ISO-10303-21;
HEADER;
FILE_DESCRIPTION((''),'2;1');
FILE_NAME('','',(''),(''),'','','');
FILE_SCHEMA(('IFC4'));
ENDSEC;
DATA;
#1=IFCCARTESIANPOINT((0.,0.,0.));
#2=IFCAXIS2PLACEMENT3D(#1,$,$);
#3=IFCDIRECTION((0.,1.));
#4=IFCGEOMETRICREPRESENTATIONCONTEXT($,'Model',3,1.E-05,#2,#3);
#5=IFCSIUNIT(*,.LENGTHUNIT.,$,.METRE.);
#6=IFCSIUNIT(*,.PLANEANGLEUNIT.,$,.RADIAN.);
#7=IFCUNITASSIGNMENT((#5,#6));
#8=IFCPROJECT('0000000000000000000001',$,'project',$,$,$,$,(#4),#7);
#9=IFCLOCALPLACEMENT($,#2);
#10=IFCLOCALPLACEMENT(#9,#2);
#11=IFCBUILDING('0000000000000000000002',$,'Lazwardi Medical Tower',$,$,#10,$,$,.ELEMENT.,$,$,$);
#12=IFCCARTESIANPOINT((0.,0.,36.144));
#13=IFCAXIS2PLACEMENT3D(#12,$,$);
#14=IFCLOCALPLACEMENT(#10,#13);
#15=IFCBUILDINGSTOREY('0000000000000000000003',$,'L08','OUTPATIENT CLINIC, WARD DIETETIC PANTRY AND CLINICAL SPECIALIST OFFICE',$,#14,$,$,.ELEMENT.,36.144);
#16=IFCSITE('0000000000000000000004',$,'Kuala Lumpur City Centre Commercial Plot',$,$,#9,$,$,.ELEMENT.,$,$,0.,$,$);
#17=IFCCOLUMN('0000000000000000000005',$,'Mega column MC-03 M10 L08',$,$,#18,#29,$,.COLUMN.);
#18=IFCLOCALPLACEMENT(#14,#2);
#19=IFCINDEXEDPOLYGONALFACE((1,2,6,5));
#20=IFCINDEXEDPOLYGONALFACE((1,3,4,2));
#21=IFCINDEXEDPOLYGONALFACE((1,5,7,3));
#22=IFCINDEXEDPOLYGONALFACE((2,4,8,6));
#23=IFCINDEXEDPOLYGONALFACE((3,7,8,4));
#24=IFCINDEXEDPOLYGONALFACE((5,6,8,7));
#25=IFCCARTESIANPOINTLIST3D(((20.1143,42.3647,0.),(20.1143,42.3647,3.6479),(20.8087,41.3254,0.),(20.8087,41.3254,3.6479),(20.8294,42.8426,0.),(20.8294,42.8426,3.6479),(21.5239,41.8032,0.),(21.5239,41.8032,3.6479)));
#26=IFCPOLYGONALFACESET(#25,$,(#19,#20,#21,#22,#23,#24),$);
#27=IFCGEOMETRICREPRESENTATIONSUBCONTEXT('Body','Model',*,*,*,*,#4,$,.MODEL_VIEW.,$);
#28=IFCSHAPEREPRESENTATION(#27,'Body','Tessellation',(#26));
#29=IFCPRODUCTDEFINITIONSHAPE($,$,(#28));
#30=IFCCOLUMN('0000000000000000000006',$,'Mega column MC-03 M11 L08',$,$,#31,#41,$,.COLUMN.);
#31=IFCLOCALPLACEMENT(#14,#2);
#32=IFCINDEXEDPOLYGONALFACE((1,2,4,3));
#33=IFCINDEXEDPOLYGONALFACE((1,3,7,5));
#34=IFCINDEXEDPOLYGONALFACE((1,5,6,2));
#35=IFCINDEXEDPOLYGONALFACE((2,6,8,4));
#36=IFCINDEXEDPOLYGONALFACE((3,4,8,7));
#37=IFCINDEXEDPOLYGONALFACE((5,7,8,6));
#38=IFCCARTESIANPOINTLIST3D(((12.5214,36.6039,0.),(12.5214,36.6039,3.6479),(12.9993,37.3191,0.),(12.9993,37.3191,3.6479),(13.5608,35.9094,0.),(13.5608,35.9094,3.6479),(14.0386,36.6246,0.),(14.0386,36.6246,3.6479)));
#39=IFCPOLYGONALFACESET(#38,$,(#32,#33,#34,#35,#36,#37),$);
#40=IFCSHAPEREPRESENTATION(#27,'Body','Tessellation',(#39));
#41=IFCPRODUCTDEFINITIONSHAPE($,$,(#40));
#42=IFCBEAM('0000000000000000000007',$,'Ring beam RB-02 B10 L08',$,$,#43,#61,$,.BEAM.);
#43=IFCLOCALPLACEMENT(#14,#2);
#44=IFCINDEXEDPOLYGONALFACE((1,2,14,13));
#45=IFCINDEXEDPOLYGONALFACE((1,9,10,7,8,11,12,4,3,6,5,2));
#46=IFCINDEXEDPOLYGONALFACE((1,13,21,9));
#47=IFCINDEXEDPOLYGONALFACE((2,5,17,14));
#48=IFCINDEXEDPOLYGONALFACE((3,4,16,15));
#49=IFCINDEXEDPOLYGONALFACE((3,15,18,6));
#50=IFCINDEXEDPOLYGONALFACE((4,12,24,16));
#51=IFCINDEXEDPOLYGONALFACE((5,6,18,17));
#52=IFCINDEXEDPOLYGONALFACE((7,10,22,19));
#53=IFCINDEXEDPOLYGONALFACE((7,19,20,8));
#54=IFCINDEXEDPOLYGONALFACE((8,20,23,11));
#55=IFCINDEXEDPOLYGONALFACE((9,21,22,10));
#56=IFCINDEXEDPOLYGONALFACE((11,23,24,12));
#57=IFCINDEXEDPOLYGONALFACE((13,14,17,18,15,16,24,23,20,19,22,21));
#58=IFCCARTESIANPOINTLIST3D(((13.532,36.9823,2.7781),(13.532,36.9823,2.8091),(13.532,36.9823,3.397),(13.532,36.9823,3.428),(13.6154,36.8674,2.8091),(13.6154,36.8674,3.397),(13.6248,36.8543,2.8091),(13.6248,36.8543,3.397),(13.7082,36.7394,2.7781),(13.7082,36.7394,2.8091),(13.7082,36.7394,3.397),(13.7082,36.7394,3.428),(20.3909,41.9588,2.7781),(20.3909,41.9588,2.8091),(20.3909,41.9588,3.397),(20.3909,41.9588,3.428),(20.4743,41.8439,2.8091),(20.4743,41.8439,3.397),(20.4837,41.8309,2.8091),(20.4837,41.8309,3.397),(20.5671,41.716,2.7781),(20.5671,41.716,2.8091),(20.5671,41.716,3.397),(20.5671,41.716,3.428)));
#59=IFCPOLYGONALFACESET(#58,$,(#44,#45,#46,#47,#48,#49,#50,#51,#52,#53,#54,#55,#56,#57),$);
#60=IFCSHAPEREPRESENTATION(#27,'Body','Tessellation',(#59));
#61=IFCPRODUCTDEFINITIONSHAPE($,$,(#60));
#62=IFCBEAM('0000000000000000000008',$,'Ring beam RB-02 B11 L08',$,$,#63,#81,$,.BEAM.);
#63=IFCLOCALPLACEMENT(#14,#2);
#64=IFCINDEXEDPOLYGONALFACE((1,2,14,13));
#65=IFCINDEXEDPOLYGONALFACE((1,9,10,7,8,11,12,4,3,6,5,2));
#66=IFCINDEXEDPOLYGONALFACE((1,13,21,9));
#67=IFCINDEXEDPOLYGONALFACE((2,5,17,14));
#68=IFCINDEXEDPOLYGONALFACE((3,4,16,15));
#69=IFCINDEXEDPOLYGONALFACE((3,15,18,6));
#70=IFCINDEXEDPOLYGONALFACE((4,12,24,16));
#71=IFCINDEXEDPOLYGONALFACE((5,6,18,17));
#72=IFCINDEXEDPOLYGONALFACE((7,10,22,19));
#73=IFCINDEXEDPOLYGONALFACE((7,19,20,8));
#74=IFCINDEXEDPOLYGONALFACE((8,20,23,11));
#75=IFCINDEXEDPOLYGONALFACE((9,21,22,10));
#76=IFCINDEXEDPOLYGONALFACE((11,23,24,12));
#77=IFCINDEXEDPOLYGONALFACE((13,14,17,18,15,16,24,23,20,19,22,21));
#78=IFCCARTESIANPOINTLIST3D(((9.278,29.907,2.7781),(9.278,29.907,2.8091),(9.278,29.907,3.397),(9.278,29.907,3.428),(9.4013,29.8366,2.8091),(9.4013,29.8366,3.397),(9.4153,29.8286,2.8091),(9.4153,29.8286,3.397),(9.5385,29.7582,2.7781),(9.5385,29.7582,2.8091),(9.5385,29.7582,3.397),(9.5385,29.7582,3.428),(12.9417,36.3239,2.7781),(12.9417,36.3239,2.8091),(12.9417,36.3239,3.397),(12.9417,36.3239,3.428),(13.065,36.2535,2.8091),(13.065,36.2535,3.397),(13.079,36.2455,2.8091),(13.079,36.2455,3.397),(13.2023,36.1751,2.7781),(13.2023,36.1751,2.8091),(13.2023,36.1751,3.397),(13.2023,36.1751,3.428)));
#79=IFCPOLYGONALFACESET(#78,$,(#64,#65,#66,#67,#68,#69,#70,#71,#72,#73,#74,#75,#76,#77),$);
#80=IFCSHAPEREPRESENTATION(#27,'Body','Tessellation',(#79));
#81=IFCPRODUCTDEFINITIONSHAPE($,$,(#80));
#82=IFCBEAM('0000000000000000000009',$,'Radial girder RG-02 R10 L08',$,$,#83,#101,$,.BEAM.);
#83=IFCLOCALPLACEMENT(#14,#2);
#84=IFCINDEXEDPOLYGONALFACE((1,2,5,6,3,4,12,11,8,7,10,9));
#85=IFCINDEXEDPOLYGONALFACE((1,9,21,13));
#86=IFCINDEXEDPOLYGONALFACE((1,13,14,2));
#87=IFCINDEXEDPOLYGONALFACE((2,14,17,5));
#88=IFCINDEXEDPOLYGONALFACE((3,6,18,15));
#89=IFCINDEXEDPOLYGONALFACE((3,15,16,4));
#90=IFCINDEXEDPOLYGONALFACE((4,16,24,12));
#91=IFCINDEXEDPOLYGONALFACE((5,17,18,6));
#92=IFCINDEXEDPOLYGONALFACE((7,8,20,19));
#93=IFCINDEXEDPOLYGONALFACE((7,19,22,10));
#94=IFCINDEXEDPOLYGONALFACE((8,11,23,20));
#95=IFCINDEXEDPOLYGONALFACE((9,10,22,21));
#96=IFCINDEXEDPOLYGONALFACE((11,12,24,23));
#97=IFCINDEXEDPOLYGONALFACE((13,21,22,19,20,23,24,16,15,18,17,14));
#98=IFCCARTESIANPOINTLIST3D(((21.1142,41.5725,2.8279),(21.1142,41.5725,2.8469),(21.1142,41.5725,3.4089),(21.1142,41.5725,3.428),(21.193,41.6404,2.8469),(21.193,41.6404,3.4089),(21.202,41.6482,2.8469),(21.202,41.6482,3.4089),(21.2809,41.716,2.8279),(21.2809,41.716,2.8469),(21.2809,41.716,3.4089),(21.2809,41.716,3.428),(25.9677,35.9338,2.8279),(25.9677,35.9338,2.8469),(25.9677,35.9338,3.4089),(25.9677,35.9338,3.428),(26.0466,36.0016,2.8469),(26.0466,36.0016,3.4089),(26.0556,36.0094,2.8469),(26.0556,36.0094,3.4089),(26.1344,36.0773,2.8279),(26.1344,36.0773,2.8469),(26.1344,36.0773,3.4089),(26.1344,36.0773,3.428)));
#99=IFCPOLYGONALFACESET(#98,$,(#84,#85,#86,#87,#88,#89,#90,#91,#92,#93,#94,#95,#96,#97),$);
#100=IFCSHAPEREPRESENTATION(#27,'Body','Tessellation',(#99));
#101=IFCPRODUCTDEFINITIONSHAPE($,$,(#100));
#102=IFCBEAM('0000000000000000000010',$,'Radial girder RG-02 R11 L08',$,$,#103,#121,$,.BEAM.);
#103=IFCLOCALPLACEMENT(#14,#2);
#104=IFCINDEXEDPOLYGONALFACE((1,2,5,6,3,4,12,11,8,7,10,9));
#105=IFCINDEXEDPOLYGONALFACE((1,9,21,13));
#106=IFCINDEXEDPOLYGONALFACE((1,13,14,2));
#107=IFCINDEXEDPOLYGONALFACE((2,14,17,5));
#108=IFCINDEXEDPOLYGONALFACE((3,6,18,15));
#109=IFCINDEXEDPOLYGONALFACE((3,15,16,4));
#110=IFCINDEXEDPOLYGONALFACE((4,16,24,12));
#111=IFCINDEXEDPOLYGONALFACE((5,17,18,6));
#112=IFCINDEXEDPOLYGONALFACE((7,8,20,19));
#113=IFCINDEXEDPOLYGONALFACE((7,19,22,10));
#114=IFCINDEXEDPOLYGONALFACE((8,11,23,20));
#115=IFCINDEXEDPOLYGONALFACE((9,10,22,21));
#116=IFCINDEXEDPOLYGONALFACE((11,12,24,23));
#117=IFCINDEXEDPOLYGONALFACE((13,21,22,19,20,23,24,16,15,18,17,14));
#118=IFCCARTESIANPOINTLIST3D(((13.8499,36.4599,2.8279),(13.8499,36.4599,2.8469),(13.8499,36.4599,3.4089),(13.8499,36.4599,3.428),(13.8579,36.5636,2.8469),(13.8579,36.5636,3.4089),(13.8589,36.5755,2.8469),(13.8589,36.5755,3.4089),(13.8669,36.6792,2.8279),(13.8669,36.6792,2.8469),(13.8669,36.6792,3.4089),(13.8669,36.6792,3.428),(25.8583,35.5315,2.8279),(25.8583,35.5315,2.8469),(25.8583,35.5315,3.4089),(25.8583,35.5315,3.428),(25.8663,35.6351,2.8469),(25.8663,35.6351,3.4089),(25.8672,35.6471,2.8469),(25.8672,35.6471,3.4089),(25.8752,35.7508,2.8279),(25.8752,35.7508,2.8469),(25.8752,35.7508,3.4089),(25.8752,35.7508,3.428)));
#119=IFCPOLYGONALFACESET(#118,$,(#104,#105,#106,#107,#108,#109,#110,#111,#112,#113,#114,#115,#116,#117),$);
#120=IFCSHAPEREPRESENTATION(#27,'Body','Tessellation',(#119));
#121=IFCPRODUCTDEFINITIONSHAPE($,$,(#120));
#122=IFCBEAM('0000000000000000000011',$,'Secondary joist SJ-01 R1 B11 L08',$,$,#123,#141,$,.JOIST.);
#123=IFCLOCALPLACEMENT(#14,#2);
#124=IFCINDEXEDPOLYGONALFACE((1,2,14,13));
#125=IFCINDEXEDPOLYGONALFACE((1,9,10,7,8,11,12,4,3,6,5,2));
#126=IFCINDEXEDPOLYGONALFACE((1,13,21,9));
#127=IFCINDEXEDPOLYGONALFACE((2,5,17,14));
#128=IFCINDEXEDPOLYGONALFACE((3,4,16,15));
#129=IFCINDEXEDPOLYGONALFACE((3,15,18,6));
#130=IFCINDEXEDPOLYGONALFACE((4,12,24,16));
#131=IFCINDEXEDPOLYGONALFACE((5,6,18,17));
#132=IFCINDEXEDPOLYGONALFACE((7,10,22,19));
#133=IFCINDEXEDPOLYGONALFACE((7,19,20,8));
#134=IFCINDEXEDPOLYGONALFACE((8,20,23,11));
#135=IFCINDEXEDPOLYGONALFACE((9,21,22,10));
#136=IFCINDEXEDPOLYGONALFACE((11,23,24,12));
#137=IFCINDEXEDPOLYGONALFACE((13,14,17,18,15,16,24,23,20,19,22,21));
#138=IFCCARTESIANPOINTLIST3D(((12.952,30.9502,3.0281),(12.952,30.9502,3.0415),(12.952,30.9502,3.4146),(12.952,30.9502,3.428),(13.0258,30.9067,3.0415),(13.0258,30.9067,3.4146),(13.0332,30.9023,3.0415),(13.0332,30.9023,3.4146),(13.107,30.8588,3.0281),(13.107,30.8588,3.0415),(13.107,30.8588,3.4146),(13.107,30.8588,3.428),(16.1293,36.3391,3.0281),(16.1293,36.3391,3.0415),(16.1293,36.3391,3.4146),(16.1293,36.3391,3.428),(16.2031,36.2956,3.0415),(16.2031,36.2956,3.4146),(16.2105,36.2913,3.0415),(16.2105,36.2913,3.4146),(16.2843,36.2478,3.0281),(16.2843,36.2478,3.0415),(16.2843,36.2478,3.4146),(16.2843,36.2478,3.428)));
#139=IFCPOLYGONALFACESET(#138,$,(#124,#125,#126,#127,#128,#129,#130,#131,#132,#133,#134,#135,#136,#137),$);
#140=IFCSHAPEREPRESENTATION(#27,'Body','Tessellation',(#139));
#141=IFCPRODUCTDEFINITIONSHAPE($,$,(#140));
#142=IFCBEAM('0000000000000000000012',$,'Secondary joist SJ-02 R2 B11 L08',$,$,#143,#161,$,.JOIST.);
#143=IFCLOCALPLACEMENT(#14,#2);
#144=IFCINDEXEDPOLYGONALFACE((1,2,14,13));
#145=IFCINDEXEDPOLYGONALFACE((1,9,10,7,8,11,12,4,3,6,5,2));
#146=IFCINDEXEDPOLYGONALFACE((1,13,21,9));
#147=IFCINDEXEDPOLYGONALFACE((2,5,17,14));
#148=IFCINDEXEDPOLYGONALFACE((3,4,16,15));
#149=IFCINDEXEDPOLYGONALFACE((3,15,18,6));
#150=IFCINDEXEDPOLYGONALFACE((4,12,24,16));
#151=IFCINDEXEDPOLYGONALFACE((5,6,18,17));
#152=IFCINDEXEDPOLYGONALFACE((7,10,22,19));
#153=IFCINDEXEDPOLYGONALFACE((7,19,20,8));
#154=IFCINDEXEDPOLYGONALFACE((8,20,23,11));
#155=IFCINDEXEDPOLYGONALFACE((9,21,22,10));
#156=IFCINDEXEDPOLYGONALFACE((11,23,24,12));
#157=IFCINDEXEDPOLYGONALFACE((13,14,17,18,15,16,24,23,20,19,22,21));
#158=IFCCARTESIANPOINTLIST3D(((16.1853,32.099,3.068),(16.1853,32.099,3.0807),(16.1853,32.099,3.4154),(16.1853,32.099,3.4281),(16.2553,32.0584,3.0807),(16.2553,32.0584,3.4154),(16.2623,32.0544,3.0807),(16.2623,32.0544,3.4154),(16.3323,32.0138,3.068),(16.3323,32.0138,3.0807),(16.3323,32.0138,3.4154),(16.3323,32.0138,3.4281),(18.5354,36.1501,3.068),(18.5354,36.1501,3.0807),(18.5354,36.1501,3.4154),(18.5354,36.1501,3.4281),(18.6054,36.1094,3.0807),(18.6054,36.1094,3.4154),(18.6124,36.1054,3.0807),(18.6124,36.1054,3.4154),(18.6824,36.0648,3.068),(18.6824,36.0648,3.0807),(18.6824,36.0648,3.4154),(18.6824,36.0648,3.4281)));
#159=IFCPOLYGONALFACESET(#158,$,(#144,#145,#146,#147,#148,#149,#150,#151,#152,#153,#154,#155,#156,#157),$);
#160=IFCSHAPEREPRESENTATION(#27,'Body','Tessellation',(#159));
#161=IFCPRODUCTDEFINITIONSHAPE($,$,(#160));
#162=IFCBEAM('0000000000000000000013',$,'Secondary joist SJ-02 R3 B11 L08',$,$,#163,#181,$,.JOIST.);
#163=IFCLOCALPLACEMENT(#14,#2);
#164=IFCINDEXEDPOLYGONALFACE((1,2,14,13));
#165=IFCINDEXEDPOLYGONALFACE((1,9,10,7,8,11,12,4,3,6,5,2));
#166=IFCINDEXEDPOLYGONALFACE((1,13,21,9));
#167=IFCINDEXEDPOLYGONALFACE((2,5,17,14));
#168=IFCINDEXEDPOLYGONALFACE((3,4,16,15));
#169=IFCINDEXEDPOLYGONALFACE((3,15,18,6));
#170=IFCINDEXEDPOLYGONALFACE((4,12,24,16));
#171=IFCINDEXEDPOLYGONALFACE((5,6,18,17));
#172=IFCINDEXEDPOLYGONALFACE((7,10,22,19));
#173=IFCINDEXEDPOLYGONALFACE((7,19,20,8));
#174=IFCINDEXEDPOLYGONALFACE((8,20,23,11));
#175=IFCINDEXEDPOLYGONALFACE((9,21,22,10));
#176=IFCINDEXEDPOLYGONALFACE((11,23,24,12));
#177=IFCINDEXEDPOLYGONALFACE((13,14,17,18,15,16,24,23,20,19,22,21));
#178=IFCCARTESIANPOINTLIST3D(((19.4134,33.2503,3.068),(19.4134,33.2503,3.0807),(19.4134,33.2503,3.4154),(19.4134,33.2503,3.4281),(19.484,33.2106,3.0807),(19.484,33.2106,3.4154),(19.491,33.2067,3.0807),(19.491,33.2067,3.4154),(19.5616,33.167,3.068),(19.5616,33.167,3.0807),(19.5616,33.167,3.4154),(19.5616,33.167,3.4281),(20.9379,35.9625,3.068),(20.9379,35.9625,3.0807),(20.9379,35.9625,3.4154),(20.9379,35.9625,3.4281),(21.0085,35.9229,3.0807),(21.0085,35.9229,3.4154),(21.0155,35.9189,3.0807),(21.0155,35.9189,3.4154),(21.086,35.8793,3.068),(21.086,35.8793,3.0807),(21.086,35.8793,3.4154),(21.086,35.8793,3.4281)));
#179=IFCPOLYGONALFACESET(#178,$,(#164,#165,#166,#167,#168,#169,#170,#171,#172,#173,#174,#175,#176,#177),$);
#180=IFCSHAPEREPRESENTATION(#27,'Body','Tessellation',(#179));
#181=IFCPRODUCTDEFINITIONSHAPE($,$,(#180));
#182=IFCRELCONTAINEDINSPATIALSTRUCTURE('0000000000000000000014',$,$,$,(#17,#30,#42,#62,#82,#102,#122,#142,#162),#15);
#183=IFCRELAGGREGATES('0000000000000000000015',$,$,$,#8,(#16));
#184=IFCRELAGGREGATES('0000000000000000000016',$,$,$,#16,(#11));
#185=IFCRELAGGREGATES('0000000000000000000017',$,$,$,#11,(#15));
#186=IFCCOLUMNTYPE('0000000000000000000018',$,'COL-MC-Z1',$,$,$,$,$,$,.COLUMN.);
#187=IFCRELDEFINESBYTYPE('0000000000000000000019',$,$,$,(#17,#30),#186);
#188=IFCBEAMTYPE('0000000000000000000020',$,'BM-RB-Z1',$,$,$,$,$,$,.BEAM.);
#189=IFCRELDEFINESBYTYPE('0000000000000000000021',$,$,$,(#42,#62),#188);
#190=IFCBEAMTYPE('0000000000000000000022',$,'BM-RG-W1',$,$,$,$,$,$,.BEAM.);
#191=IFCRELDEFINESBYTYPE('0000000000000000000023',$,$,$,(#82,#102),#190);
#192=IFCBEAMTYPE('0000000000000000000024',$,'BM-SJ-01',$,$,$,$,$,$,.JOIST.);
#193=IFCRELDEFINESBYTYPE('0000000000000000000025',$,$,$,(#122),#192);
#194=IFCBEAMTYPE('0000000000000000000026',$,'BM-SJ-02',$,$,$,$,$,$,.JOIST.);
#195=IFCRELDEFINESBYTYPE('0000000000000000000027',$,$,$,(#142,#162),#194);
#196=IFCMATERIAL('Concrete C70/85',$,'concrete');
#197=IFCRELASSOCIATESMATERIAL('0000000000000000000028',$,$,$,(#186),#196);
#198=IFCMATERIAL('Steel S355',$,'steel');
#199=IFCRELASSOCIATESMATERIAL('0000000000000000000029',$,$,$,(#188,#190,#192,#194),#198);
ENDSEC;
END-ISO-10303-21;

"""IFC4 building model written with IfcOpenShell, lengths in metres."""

from ifc_helpers import new_model, si_unit, direction, frame, origin, origin_2d, place, context, subcontext, project, spatial, rectangle, i_section, extrude, material, material_profile, profile_set, type_object, element, save


model = new_model("IFC4")

# Units and contexts
model_context = context("Model", 3, precision=1e-05, world=origin(), true_north=direction((0.0, 1.0)))
body_context = subcontext(model_context, "Body", "Model", "MODEL_VIEW")
ifc_project = project(units=[si_unit("LENGTHUNIT", "METRE"), si_unit("PLANEANGLEUNIT", "RADIAN")], contexts=[model_context])

# Site, building, storey
site_placement = place(None, origin())
site = spatial("IfcSite", under=ifc_project, at=site_placement, Name="Kuala Lumpur City Centre Commercial Plot", CompositionType="ELEMENT", RefElevation=0.0)
building_placement = place(site_placement, origin())
building = spatial("IfcBuilding", under=site, at=building_placement, Name="Lazwardi Medical Tower", CompositionType="ELEMENT")
storey_placement = place(building_placement, frame((0.0, 0.0, 36.144)))
storey = spatial("IfcBuildingStorey", under=building, at=storey_placement, Name="L08", Description="OUTPATIENT CLINIC, WARD DIETETIC PANTRY AND CLINICAL SPECIALIST OFFICE", CompositionType="ELEMENT", Elevation=36.144)

# Columns
ifc_material_1 = material(Name="Concrete C70/85", Category="concrete")
ifc_material_profile_1 = material_profile(ifc_material_1, rectangle(XDim=1.25, YDim=0.8601, at=origin_2d()), Name="CFT-RECT 1250x860")
ifc_profile_set_1 = profile_set([ifc_material_profile_1], Name="Concrete C70/85")
column_type = type_object("IfcColumnType", Name="COL-MC-Z1", PredefinedType="COLUMN", material=ifc_profile_set_1)
for number, where, z_axis, x_axis, name in (
    (1, (20.8191, 42.084, 0.0), (0.0, 0.0, 1.0), (-0.55557, 0.83147, 0.0), "Mega column MC-03 M10 L08"),
    (2, (13.28, 36.6143, 0.0), (0.0, 0.0, 1.0), (-0.83147, 0.55557, 0.0), "Mega column MC-03 M11 L08"),
):
    element("IfcColumn", number, at=place(storey_placement, frame(where, z_axis=z_axis, x_axis=x_axis)), inside=storey, type_object=column_type, Name=name, PredefinedType="COLUMN", context=body_context, shape_type="SweptSolid", body=[
        extrude(rectangle(XDim=1.25, YDim=0.8601, at=origin_2d()), origin(), (0.0, 0.0, 1.0), 3.6479),
    ])

# Beams
ifc_material_2 = material(Name="Steel S355", Category="steel")
ifc_material_profile_2 = material_profile(ifc_material_2, i_section(OverallWidth=0.3, OverallDepth=0.6499, WebThickness=0.0161, FlangeThickness=0.031, at=origin_2d()), Name="HEB 650")
ifc_profile_set_2 = profile_set([ifc_material_profile_2], Name="Steel S355")
beam_type_1 = type_object("IfcBeamType", Name="BM-RB-Z1", PredefinedType="BEAM", material=ifc_profile_set_2)
beam_1_placement = place(storey_placement, frame((20.479, 41.8374, 3.103), z_axis=(-0.809393, -0.587267, 0.0), x_axis=(0.587267, -0.809393, 0.0)))
element("IfcBeam", 3, at=beam_1_placement, inside=storey, type_object=beam_type_1, Name="Ring beam RB-02 B10 L08", PredefinedType="BEAM", context=body_context, shape_type="SweptSolid", body=[
    extrude(i_section(OverallWidth=0.3, OverallDepth=0.6499, WebThickness=0.0161, FlangeThickness=0.031, at=origin_2d()), origin(), (0.0, 0.0, 1.0), 8.4741),
])
beam_2_placement = place(storey_placement, frame((13.072, 36.2495, 3.103), z_axis=(-0.495829, -0.86842, 0.0), x_axis=(0.86842, -0.495829, 0.0)))
element("IfcBeam", 4, at=beam_2_placement, inside=storey, type_object=beam_type_1, Name="Ring beam RB-02 B11 L08", PredefinedType="BEAM", context=body_context, shape_type="SweptSolid", body=[
    extrude(i_section(OverallWidth=0.3, OverallDepth=0.6499, WebThickness=0.0161, FlangeThickness=0.031, at=origin_2d()), origin(), (0.0, 0.0, 1.0), 7.3892),
])
ifc_material_profile_3 = material_profile(ifc_material_2, i_section(OverallWidth=0.22, OverallDepth=0.6001, WebThickness=0.012, FlangeThickness=0.019, at=origin_2d()), Name="IPE 600")
ifc_profile_set_3 = profile_set([ifc_material_profile_3], Name="Steel S355")
beam_type_2 = type_object("IfcBeamType", Name="BM-RG-W1", PredefinedType="BEAM", material=ifc_profile_set_3)
beam_3_placement = place(storey_placement, frame((21.1975, 41.6443, 3.1279), z_axis=(0.652368, -0.757902, 0.0), x_axis=(0.757902, 0.652368, 0.0)))
element("IfcBeam", 5, at=beam_3_placement, inside=storey, type_object=beam_type_2, Name="Radial girder RG-02 R10 L08", PredefinedType="BEAM", context=body_context, shape_type="SweptSolid", body=[
    extrude(i_section(OverallWidth=0.22, OverallDepth=0.6001, WebThickness=0.012, FlangeThickness=0.019, at=origin_2d()), origin(), (0.0, 0.0, 1.0), 7.4399),
])
beam_4_placement = place(storey_placement, frame((13.8584, 36.5696, 3.1279), z_axis=(0.997024, -0.077089, 0.0), x_axis=(0.077089, 0.997024, 0.0)))
element("IfcBeam", 6, at=beam_4_placement, inside=storey, type_object=beam_type_2, Name="Radial girder RG-02 R11 L08", PredefinedType="BEAM", context=body_context, shape_type="SweptSolid", body=[
    extrude(i_section(OverallWidth=0.22, OverallDepth=0.6001, WebThickness=0.012, FlangeThickness=0.019, at=origin_2d()), origin(), (0.0, 0.0, 1.0), 12.0442),
])
ifc_material_profile_4 = material_profile(ifc_material_2, i_section(OverallWidth=0.1799, OverallDepth=0.3999, WebThickness=0.0085, FlangeThickness=0.0134, at=origin_2d()), Name="IPE 400")
ifc_profile_set_4 = profile_set([ifc_material_profile_4], Name="Steel S355")
beam_type_3 = type_object("IfcBeamType", Name="BM-SJ-01", PredefinedType="JOIST", material=ifc_profile_set_4)
beam_5_placement = place(storey_placement, frame((16.2068, 36.2935, 3.228), z_axis=(-0.507886, -0.861424, 0.0), x_axis=(0.861424, -0.507886, 0.0)))
element("IfcBeam", 7, at=beam_5_placement, inside=storey, type_object=beam_type_3, Name="Secondary joist SJ-01 R1 B11 L08", PredefinedType="JOIST", context=body_context, shape_type="SweptSolid", body=[
    extrude(i_section(OverallWidth=0.1799, OverallDepth=0.3999, WebThickness=0.0085, FlangeThickness=0.0134, at=origin_2d()), origin(), (0.0, 0.0, 1.0), 6.2559),
])
ifc_material_profile_5 = material_profile(ifc_material_2, i_section(OverallWidth=0.1699, OverallDepth=0.3601, WebThickness=0.0081, FlangeThickness=0.0127, at=origin_2d()), Name="IPE 360")
ifc_profile_set_5 = profile_set([ifc_material_profile_5], Name="Steel S355")
beam_type_4 = type_object("IfcBeamType", Name="BM-SJ-02", PredefinedType="JOIST", material=ifc_profile_set_5)
beam_6_placement = place(storey_placement, frame((18.6089, 36.1074, 3.248), z_axis=(-0.501798, -0.864985, 0.0), x_axis=(0.864985, -0.501798, 0.0)))
element("IfcBeam", 8, at=beam_6_placement, inside=storey, type_object=beam_type_4, Name="Secondary joist SJ-02 R2 B11 L08", PredefinedType="JOIST", context=body_context, shape_type="SweptSolid", body=[
    extrude(i_section(OverallWidth=0.1699, OverallDepth=0.3601, WebThickness=0.0081, FlangeThickness=0.0127, at=origin_2d()), origin(), (0.0, 0.0, 1.0), 4.6833),
])
beam_7_placement = place(storey_placement, frame((21.012, 35.9209, 3.248), z_axis=(-0.489974, -0.871737, 0.0), x_axis=(0.871737, -0.489974, 0.0)))
element("IfcBeam", 9, at=beam_7_placement, inside=storey, type_object=beam_type_4, Name="Secondary joist SJ-02 R3 B11 L08", PredefinedType="JOIST", context=body_context, shape_type="SweptSolid", body=[
    extrude(i_section(OverallWidth=0.1699, OverallDepth=0.3601, WebThickness=0.0081, FlangeThickness=0.0127, at=origin_2d()), origin(), (0.0, 0.0, 1.0), 3.1113),
])

save(model, "model.ifc")
